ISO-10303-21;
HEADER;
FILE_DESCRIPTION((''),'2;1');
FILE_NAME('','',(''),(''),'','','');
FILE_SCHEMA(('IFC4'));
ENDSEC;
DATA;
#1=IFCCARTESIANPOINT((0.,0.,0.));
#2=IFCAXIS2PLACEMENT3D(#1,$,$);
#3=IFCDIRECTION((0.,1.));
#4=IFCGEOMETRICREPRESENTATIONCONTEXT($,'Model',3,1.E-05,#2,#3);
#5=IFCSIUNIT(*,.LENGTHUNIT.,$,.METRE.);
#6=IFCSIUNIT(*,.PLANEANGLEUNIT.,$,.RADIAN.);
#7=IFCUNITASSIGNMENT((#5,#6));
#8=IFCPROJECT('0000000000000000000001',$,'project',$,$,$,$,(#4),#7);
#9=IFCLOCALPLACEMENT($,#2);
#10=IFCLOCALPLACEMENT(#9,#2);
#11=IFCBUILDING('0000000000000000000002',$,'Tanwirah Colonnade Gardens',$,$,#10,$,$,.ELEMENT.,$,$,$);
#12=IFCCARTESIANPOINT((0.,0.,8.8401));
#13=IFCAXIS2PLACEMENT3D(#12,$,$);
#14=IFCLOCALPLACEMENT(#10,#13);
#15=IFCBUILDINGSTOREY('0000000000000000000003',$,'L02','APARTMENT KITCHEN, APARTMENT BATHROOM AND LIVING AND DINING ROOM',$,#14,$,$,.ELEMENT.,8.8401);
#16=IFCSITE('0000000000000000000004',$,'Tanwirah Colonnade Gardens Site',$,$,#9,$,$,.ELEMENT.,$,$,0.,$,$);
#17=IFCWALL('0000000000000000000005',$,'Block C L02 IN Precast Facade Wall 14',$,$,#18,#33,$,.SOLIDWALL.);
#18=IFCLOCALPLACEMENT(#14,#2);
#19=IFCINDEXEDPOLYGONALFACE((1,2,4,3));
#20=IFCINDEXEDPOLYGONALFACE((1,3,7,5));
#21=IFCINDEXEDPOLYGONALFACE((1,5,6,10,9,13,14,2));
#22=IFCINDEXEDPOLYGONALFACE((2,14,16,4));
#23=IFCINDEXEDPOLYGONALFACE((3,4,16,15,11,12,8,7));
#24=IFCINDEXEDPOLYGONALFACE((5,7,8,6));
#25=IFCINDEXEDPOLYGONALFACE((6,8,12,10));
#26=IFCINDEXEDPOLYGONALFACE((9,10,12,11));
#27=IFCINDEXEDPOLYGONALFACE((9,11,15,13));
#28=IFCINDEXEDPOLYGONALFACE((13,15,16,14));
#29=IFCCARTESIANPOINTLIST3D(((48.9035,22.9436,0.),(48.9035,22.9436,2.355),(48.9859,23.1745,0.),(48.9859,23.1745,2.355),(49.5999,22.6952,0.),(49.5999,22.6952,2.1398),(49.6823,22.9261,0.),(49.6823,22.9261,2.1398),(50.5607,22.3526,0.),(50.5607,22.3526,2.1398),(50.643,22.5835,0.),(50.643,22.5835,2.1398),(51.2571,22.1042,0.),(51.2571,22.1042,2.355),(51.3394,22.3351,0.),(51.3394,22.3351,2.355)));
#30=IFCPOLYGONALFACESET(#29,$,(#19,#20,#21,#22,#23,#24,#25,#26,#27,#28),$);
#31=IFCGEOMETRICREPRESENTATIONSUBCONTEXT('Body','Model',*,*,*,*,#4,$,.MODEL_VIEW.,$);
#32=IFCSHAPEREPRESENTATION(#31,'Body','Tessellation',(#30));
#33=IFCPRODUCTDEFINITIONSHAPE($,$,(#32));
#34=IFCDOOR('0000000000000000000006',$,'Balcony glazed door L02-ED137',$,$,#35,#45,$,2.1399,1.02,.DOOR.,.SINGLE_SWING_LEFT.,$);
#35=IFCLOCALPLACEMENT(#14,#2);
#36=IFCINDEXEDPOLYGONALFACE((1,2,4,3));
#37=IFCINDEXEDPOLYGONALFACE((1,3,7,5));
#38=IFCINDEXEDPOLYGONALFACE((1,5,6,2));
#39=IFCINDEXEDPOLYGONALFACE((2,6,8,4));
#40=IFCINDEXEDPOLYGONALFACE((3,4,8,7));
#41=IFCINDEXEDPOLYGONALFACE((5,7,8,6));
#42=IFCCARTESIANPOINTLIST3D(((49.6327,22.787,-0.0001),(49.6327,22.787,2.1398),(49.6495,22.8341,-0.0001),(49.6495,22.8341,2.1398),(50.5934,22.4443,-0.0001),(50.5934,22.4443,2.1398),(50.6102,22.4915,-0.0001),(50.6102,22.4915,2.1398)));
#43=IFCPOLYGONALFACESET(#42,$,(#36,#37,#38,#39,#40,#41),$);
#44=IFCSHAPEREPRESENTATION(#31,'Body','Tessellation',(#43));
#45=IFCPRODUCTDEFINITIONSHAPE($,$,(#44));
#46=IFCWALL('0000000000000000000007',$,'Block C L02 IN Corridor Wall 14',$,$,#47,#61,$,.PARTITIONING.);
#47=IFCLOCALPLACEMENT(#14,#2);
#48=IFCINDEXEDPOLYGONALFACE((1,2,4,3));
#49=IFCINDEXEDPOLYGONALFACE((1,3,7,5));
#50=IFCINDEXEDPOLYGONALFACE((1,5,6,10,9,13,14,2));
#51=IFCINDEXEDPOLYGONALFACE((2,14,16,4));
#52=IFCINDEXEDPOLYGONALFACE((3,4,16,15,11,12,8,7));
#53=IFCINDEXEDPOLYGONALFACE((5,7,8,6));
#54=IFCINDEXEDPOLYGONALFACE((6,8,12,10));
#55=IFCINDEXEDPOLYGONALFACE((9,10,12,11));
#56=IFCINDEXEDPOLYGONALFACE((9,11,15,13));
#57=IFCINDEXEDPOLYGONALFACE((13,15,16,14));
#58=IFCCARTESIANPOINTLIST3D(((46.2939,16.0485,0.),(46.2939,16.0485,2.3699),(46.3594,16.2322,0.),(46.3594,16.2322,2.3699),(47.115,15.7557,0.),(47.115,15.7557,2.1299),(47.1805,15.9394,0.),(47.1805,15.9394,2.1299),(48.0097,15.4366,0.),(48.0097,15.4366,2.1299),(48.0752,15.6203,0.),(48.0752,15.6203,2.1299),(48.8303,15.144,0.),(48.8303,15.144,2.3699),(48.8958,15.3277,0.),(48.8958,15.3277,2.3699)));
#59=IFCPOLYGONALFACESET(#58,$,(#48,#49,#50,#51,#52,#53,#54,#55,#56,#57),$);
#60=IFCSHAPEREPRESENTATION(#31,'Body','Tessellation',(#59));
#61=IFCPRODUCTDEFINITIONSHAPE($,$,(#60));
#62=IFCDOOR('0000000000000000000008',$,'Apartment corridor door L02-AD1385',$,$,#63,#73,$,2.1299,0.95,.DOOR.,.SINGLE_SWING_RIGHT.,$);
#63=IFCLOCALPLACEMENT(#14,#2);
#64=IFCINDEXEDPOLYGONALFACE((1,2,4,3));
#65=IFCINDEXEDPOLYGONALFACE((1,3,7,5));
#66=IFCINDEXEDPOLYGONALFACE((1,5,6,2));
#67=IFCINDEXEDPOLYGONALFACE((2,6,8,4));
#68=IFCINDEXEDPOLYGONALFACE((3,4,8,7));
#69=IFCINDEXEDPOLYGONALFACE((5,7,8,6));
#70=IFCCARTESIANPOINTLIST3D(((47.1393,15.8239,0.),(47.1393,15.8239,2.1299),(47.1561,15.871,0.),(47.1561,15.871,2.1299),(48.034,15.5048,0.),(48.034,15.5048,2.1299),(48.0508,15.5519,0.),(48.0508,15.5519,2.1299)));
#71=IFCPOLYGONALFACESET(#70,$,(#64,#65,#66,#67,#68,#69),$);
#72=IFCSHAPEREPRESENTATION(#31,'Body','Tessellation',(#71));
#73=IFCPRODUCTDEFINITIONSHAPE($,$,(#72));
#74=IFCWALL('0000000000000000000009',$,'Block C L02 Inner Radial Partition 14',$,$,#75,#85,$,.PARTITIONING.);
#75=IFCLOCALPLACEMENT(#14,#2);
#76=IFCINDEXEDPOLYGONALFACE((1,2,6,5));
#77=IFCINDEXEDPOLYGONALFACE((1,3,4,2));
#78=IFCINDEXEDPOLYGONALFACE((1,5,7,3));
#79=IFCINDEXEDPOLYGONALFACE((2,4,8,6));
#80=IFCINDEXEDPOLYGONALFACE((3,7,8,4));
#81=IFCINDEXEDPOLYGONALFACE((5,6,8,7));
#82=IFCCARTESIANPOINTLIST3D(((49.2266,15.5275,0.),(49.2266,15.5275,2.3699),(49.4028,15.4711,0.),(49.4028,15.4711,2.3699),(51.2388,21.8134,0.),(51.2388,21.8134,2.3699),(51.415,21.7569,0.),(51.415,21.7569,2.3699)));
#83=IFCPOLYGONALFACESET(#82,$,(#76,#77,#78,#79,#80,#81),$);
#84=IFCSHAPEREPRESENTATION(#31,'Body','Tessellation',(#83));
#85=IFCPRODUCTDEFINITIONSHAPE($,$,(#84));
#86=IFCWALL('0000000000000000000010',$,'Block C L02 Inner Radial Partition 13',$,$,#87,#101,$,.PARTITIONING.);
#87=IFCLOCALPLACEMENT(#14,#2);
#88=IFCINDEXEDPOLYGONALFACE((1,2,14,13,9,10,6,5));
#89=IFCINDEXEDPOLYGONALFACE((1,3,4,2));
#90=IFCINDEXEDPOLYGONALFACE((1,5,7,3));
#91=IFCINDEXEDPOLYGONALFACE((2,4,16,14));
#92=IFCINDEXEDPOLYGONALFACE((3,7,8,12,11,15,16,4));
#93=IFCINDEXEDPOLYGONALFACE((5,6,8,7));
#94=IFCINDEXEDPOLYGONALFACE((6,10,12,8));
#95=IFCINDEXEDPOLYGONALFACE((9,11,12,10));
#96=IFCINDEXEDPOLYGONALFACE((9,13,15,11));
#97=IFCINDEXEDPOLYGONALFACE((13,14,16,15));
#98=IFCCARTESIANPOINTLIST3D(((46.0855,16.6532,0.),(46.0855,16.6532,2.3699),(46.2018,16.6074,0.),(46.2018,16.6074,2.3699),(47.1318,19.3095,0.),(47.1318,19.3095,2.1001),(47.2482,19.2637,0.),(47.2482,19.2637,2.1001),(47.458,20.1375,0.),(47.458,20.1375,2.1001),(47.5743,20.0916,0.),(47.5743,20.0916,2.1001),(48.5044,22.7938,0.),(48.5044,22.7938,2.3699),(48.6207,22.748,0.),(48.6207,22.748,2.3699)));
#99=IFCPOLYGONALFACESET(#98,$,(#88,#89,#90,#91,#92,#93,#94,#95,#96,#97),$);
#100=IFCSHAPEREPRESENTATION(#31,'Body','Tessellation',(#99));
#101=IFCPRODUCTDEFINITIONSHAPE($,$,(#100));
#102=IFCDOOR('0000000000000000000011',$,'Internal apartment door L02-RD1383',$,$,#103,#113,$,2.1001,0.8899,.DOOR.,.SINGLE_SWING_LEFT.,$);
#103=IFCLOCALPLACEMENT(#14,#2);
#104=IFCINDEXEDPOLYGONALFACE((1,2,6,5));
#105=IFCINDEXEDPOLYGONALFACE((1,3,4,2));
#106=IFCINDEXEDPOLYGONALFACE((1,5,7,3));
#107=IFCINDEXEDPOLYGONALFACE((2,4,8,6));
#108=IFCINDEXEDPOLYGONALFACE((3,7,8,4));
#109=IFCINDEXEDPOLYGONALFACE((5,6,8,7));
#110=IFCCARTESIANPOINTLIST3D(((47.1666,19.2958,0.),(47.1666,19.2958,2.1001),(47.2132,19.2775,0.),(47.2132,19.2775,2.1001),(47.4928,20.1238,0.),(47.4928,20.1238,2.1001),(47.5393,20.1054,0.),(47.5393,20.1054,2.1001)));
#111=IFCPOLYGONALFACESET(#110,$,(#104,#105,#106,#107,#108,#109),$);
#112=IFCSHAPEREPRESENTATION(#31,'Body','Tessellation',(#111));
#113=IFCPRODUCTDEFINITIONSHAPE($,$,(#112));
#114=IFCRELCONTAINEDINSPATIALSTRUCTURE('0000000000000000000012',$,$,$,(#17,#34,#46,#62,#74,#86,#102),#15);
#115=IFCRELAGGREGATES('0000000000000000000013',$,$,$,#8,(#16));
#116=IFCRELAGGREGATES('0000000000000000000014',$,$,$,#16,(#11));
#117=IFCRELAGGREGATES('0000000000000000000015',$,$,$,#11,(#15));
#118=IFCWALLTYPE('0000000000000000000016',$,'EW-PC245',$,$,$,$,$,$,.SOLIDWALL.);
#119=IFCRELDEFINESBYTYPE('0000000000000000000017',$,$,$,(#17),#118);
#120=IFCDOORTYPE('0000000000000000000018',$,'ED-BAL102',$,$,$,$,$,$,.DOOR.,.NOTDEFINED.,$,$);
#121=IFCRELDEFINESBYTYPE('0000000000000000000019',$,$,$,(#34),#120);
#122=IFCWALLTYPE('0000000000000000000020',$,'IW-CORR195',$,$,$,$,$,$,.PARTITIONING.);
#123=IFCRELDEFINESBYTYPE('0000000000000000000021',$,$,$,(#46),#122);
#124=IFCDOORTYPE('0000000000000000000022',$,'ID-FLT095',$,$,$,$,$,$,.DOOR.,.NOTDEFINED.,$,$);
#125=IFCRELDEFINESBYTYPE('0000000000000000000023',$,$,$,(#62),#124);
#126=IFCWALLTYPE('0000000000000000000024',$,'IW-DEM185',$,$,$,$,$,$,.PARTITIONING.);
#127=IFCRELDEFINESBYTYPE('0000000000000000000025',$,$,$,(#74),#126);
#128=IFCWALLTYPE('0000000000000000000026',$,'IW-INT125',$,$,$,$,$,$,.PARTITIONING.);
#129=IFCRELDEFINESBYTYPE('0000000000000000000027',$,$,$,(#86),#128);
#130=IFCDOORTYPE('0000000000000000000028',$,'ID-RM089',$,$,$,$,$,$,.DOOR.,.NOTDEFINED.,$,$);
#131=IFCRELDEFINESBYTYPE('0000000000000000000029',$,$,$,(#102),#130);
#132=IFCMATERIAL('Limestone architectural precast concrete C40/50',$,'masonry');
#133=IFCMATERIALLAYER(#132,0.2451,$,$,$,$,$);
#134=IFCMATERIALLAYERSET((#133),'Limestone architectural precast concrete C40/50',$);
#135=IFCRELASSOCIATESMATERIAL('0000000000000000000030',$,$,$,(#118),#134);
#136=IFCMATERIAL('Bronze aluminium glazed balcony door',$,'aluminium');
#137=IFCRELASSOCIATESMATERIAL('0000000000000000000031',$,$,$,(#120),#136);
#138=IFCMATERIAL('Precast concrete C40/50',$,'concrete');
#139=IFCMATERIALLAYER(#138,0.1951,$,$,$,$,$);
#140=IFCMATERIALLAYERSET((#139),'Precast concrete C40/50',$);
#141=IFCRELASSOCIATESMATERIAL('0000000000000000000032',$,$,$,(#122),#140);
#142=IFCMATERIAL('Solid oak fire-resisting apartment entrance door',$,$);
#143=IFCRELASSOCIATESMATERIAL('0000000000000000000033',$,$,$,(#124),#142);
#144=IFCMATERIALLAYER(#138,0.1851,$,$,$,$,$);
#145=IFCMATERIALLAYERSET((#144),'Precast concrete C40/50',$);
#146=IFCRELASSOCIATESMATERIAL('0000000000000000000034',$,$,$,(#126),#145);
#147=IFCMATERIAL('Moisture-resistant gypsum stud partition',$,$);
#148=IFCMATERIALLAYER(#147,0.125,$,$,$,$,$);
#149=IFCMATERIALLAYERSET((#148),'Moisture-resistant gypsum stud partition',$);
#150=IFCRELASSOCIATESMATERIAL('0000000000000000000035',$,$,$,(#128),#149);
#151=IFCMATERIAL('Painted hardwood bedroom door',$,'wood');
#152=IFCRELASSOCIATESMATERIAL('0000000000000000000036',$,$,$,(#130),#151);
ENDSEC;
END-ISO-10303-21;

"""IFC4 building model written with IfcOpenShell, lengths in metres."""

from ifc_helpers import new_model, si_unit, direction, frame, frame_2d, origin, place, context, subcontext, project, spatial, rectangle, extrude, material, layer, layer_set, type_object, element, fill, save


model = new_model("IFC4")

# Units and contexts
model_context = context("Model", 3, precision=1e-05, world=origin(), true_north=direction((0.0, 1.0)))
body_context = subcontext(model_context, "Body", "Model", "MODEL_VIEW")
ifc_project = project(units=[si_unit("LENGTHUNIT", "METRE"), si_unit("PLANEANGLEUNIT", "RADIAN")], contexts=[model_context])

# Site, building, storey
site_placement = place(None, origin())
site = spatial("IfcSite", under=ifc_project, at=site_placement, Name="Tanwirah Colonnade Gardens Site", CompositionType="ELEMENT", RefElevation=0.0)
building_placement = place(site_placement, origin())
building = spatial("IfcBuilding", under=site, at=building_placement, Name="Tanwirah Colonnade Gardens", CompositionType="ELEMENT")
storey_placement = place(building_placement, frame((0.0, 0.0, 8.8401)))
storey = spatial("IfcBuildingStorey", under=building, at=storey_placement, Name="L02", Description="APARTMENT KITCHEN, APARTMENT BATHROOM AND LIVING AND DINING ROOM", CompositionType="ELEMENT", Elevation=8.8401)

# Shared definitions
ifc_material_1 = material(Name="Precast concrete C40/50", Category="concrete")

# Shared definitions
ifc_material_2 = material(Name="Limestone architectural precast concrete C40/50", Category="masonry")
ifc_layer_1 = layer(ifc_material_2, 0.2451)
ifc_layer_set_1 = layer_set([ifc_layer_1], Name="Limestone architectural precast concrete C40/50")
wall_type_1 = type_object("IfcWallType", Name="EW-PC245", PredefinedType="SOLIDWALL", material=ifc_layer_set_1)

# Walls, openings, doors
wall_1_placement = place(storey_placement, frame((48.9446, 23.0591, 0.0), z_axis=(0.0, 0.0, 1.0), x_axis=(0.941892, -0.335915, 0.0)))
wall_1 = element("IfcWall", 1, at=wall_1_placement, inside=storey, type_object=wall_type_1, Name="Block C L02 IN Precast Facade Wall 14", PredefinedType="SOLIDWALL", context=body_context, shape_type="SweptSolid", body=[
    extrude(rectangle(XDim=2.4988, YDim=0.2451, at=frame_2d((1.2495, 0.0))), origin(), (0.0, 0.0, 1.0), 2.355),
])
opening_1_placement = place(wall_1_placement, frame((0.7395, 0.0, 0.0)))
opening_1 = element("IfcOpeningElement", 2, at=opening_1_placement, cuts=wall_1, PredefinedType="OPENING", context=body_context, shape_type="SweptSolid", body=[
    extrude(rectangle(XDim=1.02, YDim=2.1399, at=frame_2d((0.51, 1.0698))), frame((0.0, 0.1326, 0.0), z_axis=(0.0, -1.0, 0.0), x_axis=(1.0, 0.0, 0.0)), (0.0, 0.0, 1.0), 0.2651),
])
ifc_material_3 = material(Name="Bronze aluminium glazed balcony door", Category="aluminium")
door_type_1 = type_object("IfcDoorType", Name="ED-BAL102", OperationType="NOTDEFINED", PredefinedType="DOOR", material=ifc_material_3)
door_1_placement = place(opening_1_placement, origin())
door_1 = element("IfcDoor", 3, at=door_1_placement, inside=storey, type_object=door_type_1, Name="Balcony glazed door L02-ED137", OperationType="SINGLE_SWING_LEFT", OverallHeight=2.1399, OverallWidth=1.02, PredefinedType="DOOR", context=body_context, shape_type="SweptSolid", body=[
    extrude(rectangle(XDim=1.02, YDim=2.1399, at=frame_2d((0.51, 1.0698))), frame((0.0, 0.0249, 0.0), z_axis=(0.0, -1.0, 0.0), x_axis=(1.0, 0.0, 0.0)), (0.0, 0.0, 1.0), 0.05),
])
fill(opening_1, door_1)
ifc_layer_2 = layer(ifc_material_1, 0.1951)
ifc_layer_set_2 = layer_set([ifc_layer_2], Name="Precast concrete C40/50")
wall_type_2 = type_object("IfcWallType", Name="IW-CORR195", PredefinedType="PARTITIONING", material=ifc_layer_set_2)
wall_2_placement = place(storey_placement, frame((46.3267, 16.1404, 0.0), z_axis=(0.0, 0.0, 1.0), x_axis=(0.941896, -0.335906, 0.0)))
wall_2 = element("IfcWall", 4, at=wall_2_placement, inside=storey, type_object=wall_type_2, Name="Block C L02 IN Corridor Wall 14", PredefinedType="PARTITIONING", context=body_context, shape_type="SweptSolid", body=[
    extrude(rectangle(XDim=2.6929, YDim=0.1951, at=frame_2d((1.3464, 0.0))), origin(), (0.0, 0.0, 1.0), 2.3699),
])
opening_2_placement = place(wall_2_placement, frame((0.8716, 0.0, 0.0)))
opening_2 = element("IfcOpeningElement", 5, at=opening_2_placement, cuts=wall_2, PredefinedType="OPENING", context=body_context, shape_type="SweptSolid", body=[
    extrude(rectangle(XDim=0.95, YDim=2.1299, at=frame_2d((0.4751, 1.0649))), frame((0.0, 0.1074, 0.0), z_axis=(0.0, -1.0, 0.0), x_axis=(1.0, 0.0, 0.0)), (0.0, 0.0, 1.0), 0.2151),
])
ifc_material_4 = material(Name="Solid oak fire-resisting apartment entrance door")
door_type_2 = type_object("IfcDoorType", Name="ID-FLT095", OperationType="NOTDEFINED", PredefinedType="DOOR", material=ifc_material_4)
door_2_placement = place(opening_2_placement, origin())
door_2 = element("IfcDoor", 6, at=door_2_placement, inside=storey, type_object=door_type_2, Name="Apartment corridor door L02-AD1385", OperationType="SINGLE_SWING_RIGHT", OverallHeight=2.1299, OverallWidth=0.95, PredefinedType="DOOR", context=body_context, shape_type="SweptSolid", body=[
    extrude(rectangle(XDim=0.95, YDim=2.1299, at=frame_2d((0.4751, 1.0649))), frame((0.0, 0.0249, 0.0), z_axis=(0.0, -1.0, 0.0), x_axis=(1.0, 0.0, 0.0)), (0.0, 0.0, 1.0), 0.05),
])
fill(opening_2, door_2)

# Wall
ifc_layer_3 = layer(ifc_material_1, 0.1851)
ifc_layer_set_3 = layer_set([ifc_layer_3], Name="Precast concrete C40/50")
wall_type_3 = type_object("IfcWallType", Name="IW-DEM185", PredefinedType="PARTITIONING", material=ifc_layer_set_3)
wall_3_placement = place(storey_placement, frame((51.3269, 21.7852, 0.0), z_axis=(0.0, 0.0, 1.0), x_axis=(-0.304875, -0.952392, 0.0)))
element("IfcWall", 7, at=wall_3_placement, inside=storey, type_object=wall_type_3, Name="Block C L02 Inner Radial Partition 14", PredefinedType="PARTITIONING", context=body_context, shape_type="SweptSolid", body=[
    extrude(rectangle(XDim=6.6001, YDim=0.1851, at=frame_2d((3.3, 0.0))), origin(), (0.0, 0.0, 1.0), 2.3699),
])

# Wall, opening, door
ifc_material_5 = material(Name="Moisture-resistant gypsum stud partition")
ifc_layer_4 = layer(ifc_material_5, 0.125)
ifc_layer_set_4 = layer_set([ifc_layer_4], Name="Moisture-resistant gypsum stud partition")
wall_type_4 = type_object("IfcWallType", Name="IW-INT125", PredefinedType="PARTITIONING", material=ifc_layer_set_4)
wall_4_placement = place(storey_placement, frame((48.5625, 22.7708, 0.0), z_axis=(0.0, 0.0, 1.0), x_axis=(-0.366513, -0.930413, 0.0)))
wall_4 = element("IfcWall", 8, at=wall_4_placement, inside=storey, type_object=wall_type_4, Name="Block C L02 Inner Radial Partition 13", PredefinedType="PARTITIONING", context=body_context, shape_type="SweptSolid", body=[
    extrude(rectangle(XDim=6.5999, YDim=0.125, at=frame_2d((3.2998, 0.0))), origin(), (0.0, 0.0, 1.0), 2.3699),
])
opening_3_placement = place(wall_4_placement, frame((2.855, 0.0, 0.0)))
opening_3 = element("IfcOpeningElement", 9, at=opening_3_placement, cuts=wall_4, PredefinedType="OPENING", context=body_context, shape_type="SweptSolid", body=[
    extrude(rectangle(XDim=0.8899, YDim=2.1001, at=frame_2d((0.4448, 1.05))), frame((0.0, 0.0725, 0.0), z_axis=(0.0, -1.0, 0.0), x_axis=(1.0, 0.0, 0.0)), (0.0, 0.0, 1.0), 0.145),
])
ifc_material_6 = material(Name="Painted hardwood bedroom door", Category="wood")
door_type_3 = type_object("IfcDoorType", Name="ID-RM089", OperationType="NOTDEFINED", PredefinedType="DOOR", material=ifc_material_6)
door_3_placement = place(opening_3_placement, origin())
door_3 = element("IfcDoor", 10, at=door_3_placement, inside=storey, type_object=door_type_3, Name="Internal apartment door L02-RD1383", OperationType="SINGLE_SWING_LEFT", OverallHeight=2.1001, OverallWidth=0.8899, PredefinedType="DOOR", context=body_context, shape_type="SweptSolid", body=[
    extrude(rectangle(XDim=0.8899, YDim=2.1001, at=frame_2d((0.4448, 1.05))), frame((0.0, 0.0249, 0.0), z_axis=(0.0, -1.0, 0.0), x_axis=(1.0, 0.0, 0.0)), (0.0, 0.0, 1.0), 0.05),
])
fill(opening_3, door_3)

save(model, "model.ifc")
